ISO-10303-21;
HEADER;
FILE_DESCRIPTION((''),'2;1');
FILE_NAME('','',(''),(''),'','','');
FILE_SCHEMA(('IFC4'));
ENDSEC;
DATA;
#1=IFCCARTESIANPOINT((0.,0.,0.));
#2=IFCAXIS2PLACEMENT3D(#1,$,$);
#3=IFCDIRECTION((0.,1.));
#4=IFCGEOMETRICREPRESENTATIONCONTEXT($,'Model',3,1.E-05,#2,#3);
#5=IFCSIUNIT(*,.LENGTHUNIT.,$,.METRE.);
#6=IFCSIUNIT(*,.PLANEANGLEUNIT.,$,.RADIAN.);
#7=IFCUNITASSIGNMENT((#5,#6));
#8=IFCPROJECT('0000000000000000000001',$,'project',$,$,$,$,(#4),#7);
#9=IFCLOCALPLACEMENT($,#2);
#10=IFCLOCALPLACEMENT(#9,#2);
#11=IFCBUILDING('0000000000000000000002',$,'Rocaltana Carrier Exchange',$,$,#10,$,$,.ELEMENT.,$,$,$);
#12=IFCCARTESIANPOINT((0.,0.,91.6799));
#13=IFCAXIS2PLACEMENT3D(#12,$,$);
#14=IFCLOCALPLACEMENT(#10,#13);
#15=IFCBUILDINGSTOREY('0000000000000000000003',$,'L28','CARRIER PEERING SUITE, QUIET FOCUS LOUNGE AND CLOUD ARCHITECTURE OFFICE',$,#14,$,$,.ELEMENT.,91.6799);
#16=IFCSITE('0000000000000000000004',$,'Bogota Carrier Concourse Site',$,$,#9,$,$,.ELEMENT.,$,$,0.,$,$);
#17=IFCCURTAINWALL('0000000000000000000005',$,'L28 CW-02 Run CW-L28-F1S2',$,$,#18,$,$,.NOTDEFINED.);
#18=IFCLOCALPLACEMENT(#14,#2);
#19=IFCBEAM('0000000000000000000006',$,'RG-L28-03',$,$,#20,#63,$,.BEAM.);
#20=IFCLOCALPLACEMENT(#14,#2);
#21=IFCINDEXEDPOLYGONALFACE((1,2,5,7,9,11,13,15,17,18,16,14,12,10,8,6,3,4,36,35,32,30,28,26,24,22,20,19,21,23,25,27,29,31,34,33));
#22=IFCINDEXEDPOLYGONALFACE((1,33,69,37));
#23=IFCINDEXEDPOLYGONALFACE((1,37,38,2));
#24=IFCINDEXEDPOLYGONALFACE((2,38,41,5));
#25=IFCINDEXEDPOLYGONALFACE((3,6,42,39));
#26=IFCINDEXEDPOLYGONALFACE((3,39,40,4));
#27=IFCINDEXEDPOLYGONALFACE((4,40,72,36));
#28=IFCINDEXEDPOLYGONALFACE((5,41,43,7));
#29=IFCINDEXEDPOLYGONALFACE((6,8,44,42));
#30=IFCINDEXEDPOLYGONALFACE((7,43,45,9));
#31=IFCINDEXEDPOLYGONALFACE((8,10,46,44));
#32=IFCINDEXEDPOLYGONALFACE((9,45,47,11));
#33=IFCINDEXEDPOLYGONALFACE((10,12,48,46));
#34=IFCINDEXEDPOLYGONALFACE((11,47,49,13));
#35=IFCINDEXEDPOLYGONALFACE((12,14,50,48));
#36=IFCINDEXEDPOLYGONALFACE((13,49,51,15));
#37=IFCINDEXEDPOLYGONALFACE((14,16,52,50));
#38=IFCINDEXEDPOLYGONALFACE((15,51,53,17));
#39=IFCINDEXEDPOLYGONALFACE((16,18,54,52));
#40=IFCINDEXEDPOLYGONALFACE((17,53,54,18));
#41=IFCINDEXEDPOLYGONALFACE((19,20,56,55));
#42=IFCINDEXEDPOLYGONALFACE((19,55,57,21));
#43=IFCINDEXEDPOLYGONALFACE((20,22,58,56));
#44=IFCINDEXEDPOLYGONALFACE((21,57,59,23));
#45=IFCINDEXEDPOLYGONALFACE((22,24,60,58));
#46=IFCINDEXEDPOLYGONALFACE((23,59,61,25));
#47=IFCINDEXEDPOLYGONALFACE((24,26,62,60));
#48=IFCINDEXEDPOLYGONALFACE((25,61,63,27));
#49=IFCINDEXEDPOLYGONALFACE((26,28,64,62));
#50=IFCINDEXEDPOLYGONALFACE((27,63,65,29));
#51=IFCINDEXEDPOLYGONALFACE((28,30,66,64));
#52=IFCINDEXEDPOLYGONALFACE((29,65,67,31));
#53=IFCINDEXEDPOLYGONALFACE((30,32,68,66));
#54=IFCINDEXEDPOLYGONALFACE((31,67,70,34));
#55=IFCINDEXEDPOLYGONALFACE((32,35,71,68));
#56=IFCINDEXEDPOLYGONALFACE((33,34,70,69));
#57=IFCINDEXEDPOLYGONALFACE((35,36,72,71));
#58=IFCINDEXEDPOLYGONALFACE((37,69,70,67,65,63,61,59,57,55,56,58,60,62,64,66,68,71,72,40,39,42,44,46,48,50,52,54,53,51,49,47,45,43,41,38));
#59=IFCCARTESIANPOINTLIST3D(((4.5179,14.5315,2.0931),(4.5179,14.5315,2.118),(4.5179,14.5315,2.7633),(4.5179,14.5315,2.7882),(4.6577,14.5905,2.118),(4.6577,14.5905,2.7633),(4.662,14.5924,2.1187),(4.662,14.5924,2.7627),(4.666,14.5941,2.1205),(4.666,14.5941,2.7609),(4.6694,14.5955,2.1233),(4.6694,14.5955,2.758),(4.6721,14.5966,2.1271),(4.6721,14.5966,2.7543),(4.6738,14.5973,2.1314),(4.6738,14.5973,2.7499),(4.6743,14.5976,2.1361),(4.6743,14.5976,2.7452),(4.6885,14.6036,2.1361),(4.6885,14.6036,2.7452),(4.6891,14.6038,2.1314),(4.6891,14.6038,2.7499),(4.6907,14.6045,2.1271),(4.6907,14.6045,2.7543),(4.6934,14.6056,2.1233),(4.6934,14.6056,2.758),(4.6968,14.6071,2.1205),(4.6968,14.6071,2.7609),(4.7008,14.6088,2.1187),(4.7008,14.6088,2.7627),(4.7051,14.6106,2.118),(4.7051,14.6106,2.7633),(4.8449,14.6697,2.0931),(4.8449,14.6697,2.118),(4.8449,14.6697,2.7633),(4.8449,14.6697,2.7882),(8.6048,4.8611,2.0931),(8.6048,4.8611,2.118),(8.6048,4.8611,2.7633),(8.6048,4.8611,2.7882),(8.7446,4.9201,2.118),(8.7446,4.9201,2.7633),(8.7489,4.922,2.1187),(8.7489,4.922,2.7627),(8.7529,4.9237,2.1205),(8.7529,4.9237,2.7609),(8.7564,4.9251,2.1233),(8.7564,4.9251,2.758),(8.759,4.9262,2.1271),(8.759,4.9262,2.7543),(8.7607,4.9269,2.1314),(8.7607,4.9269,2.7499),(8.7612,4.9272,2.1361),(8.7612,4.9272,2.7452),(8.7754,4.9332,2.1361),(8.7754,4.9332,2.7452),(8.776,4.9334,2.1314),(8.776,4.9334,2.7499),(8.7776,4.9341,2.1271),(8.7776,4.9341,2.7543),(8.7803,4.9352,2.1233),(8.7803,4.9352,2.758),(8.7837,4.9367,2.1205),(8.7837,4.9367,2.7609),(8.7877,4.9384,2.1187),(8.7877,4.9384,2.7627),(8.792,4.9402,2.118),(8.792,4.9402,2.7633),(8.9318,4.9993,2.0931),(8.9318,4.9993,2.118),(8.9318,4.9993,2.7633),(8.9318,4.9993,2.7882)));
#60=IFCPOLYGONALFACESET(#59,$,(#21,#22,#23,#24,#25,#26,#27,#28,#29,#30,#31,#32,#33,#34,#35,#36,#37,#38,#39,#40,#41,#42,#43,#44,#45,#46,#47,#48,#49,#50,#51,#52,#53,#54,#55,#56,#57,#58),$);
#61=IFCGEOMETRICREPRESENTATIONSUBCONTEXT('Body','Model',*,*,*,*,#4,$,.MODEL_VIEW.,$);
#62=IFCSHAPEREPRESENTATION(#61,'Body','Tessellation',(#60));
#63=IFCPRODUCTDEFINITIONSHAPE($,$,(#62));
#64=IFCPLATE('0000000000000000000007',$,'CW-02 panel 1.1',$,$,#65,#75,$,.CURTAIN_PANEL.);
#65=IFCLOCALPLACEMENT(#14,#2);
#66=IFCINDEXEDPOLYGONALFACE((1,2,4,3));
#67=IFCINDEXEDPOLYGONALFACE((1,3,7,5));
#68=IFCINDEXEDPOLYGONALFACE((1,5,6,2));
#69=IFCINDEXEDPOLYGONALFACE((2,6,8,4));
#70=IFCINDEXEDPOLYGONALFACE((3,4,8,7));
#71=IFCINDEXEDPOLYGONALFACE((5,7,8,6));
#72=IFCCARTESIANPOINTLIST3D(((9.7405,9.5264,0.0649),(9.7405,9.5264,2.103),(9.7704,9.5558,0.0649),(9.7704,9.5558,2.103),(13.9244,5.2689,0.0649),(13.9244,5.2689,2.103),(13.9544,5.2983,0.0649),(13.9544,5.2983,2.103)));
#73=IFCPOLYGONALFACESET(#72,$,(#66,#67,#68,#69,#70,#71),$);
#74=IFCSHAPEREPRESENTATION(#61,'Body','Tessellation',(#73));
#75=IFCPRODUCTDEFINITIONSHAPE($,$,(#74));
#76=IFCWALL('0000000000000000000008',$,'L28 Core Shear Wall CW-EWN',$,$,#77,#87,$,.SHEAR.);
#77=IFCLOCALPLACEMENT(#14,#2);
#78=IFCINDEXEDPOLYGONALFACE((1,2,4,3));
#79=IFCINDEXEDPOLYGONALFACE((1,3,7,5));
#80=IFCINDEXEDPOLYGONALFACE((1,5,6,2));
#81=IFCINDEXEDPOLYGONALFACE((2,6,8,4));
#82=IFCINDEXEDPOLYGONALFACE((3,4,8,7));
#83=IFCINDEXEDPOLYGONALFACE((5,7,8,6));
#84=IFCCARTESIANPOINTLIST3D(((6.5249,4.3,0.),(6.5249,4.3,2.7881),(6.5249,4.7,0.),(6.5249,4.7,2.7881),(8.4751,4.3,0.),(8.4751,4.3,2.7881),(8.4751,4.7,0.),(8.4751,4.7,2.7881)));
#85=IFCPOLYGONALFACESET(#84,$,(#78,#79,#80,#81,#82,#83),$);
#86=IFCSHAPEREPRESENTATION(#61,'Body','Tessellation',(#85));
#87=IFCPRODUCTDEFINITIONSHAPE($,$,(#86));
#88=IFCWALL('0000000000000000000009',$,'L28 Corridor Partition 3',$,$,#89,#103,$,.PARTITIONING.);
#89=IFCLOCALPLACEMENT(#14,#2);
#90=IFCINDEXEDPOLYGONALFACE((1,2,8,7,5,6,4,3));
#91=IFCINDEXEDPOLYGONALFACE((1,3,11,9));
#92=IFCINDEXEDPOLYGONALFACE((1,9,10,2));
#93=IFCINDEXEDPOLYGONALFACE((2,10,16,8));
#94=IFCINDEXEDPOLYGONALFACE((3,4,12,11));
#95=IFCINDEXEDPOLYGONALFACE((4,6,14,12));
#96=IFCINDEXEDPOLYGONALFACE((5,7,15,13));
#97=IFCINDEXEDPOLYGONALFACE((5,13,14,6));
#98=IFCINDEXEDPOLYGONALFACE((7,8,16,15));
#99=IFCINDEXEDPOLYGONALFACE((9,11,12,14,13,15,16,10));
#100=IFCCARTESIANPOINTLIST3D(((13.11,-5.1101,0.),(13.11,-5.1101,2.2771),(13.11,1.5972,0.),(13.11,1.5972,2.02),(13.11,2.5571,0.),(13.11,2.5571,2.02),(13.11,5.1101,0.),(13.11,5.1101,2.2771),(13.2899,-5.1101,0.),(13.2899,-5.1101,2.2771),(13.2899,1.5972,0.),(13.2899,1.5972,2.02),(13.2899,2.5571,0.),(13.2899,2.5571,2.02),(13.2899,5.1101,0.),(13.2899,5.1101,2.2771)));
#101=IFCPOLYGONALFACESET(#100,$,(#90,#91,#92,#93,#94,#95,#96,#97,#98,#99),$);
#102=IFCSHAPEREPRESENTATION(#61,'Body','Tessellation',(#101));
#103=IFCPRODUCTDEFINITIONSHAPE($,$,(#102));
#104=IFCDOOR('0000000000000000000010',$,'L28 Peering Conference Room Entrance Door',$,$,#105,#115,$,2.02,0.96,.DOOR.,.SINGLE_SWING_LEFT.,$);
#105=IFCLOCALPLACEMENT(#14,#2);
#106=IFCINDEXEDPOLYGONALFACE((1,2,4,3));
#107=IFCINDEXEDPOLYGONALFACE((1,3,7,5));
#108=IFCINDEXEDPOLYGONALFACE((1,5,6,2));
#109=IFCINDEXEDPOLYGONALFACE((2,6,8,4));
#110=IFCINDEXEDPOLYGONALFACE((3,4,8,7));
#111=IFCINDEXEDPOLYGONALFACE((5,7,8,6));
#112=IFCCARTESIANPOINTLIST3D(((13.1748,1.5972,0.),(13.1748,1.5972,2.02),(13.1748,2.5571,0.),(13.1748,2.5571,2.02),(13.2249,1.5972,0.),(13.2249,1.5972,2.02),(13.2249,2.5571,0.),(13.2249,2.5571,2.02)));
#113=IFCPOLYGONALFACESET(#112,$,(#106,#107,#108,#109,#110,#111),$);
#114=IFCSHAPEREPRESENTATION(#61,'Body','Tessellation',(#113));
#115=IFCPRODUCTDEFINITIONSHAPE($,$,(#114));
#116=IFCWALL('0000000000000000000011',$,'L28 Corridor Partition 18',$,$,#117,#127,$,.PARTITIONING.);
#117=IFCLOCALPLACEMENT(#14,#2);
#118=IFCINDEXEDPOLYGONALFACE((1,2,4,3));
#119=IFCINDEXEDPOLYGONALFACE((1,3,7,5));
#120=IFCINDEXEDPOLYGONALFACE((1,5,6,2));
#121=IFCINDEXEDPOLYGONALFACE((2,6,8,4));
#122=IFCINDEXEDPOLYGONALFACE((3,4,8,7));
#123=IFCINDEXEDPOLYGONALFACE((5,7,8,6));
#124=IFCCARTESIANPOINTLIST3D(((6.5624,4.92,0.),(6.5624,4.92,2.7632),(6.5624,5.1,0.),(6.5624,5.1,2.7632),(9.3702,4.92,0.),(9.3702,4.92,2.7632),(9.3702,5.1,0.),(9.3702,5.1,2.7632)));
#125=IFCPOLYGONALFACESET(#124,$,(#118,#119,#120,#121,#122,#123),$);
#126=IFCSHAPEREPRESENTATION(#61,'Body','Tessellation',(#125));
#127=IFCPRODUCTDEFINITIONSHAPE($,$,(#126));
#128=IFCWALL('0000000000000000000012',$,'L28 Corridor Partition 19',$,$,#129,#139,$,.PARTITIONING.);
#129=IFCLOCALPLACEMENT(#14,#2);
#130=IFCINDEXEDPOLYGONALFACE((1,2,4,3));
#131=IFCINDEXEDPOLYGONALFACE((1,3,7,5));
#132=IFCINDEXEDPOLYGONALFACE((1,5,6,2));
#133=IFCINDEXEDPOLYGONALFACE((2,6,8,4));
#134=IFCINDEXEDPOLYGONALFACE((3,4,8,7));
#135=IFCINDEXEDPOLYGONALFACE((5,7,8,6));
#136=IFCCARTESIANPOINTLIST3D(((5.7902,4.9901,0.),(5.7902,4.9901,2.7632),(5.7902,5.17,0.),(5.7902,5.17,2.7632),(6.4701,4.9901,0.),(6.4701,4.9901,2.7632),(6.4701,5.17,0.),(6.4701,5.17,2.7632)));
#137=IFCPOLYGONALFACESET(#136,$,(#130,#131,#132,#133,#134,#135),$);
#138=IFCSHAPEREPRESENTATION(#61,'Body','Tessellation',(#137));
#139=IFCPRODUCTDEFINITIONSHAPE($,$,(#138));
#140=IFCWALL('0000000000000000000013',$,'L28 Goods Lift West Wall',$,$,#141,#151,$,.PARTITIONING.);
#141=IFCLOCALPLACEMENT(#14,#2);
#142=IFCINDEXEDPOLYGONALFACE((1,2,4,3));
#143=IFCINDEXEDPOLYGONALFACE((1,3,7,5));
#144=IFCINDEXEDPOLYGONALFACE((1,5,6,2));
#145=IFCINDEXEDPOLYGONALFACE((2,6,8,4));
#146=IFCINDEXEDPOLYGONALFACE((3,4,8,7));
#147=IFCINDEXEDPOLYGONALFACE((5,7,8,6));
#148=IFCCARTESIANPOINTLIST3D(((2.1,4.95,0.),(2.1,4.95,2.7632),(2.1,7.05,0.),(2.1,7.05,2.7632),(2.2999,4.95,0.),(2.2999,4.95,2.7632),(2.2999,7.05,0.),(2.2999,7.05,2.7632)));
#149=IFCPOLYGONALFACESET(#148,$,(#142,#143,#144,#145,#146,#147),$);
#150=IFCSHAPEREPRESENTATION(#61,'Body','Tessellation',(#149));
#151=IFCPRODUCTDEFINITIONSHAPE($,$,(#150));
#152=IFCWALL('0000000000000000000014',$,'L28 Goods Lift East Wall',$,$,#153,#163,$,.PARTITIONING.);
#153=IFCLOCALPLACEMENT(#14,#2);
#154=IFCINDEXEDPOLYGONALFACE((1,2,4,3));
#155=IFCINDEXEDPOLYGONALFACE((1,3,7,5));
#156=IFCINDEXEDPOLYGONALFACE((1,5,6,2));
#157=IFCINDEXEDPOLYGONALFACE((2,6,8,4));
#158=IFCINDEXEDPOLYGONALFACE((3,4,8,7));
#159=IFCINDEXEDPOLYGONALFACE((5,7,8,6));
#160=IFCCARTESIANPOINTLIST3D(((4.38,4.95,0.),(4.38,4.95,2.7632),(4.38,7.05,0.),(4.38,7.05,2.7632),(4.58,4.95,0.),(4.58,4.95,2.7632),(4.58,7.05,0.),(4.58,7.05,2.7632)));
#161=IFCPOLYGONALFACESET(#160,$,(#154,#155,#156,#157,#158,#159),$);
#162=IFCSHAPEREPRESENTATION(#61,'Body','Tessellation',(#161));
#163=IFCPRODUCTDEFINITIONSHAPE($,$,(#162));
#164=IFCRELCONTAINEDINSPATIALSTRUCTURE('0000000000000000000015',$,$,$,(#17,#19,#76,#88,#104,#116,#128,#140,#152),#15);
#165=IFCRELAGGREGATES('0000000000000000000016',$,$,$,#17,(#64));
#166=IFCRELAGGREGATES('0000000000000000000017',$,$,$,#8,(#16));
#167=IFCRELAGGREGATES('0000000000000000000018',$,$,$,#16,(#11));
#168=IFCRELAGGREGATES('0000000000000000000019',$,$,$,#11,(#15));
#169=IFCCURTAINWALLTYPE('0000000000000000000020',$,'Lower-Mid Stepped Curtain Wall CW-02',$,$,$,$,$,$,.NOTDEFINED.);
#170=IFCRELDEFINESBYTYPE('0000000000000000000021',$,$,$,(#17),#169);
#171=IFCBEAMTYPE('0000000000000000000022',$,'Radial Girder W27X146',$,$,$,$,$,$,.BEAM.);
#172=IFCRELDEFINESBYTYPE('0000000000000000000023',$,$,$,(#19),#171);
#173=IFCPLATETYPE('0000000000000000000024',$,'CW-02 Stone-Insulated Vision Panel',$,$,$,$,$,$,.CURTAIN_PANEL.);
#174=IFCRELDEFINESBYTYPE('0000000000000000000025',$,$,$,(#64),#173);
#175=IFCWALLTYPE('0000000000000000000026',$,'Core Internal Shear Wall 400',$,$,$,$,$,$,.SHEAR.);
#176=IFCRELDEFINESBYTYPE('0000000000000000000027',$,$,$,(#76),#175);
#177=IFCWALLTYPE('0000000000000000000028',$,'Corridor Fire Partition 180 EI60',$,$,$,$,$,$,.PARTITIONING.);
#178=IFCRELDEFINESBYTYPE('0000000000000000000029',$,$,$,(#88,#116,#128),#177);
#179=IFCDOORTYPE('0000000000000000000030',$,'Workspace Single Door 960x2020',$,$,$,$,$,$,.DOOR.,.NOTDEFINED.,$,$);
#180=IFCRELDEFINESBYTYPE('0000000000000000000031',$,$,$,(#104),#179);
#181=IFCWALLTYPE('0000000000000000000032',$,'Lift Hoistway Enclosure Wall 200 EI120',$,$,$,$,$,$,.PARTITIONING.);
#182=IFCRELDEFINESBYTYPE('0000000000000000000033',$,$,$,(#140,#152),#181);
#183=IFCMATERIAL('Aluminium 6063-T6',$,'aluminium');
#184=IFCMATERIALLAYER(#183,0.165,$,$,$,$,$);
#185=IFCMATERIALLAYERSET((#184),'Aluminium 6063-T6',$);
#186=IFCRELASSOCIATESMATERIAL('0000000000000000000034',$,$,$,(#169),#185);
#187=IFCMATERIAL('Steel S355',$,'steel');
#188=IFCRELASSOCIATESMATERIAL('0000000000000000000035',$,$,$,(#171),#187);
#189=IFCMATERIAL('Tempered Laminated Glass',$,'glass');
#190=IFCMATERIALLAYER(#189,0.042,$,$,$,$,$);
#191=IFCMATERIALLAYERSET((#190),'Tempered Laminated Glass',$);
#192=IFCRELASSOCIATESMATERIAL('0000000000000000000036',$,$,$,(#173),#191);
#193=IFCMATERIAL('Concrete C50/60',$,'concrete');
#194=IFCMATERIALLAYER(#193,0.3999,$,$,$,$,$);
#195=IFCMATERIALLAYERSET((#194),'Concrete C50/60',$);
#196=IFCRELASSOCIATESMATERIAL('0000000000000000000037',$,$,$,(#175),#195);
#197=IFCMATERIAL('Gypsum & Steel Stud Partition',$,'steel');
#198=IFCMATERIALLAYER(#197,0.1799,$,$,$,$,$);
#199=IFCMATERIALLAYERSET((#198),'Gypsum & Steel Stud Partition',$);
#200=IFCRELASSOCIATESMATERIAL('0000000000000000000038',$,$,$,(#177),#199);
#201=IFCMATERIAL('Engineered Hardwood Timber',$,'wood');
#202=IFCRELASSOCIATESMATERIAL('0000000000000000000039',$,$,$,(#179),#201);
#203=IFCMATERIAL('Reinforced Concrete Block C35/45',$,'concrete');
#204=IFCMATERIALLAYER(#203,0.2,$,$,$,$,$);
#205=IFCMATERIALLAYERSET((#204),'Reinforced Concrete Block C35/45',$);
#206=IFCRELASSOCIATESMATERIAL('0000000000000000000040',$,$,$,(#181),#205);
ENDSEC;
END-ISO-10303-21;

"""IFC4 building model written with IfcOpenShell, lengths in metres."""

from ifc_helpers import new_model, si_unit, direction, frame, frame_2d, origin, origin_2d, place, context, subcontext, project, spatial, rectangle, i_section, extrude, material, layer, layer_set, material_profile, profile_set, type_object, element, fill, aggregate, save


model = new_model("IFC4")

# Units and contexts
model_context = context("Model", 3, precision=1e-05, world=origin(), true_north=direction((0.0, 1.0)))
body_context = subcontext(model_context, "Body", "Model", "MODEL_VIEW")
ifc_project = project(units=[si_unit("LENGTHUNIT", "METRE"), si_unit("PLANEANGLEUNIT", "RADIAN")], contexts=[model_context])

# Site, building, storey
site_placement = place(None, origin())
site = spatial("IfcSite", under=ifc_project, at=site_placement, Name="Bogota Carrier Concourse Site", CompositionType="ELEMENT", RefElevation=0.0)
building_placement = place(site_placement, origin())
building = spatial("IfcBuilding", under=site, at=building_placement, Name="Rocaltana Carrier Exchange", CompositionType="ELEMENT")
storey_placement = place(building_placement, frame((0.0, 0.0, 91.6799)))
storey = spatial("IfcBuildingStorey", under=building, at=storey_placement, Name="L28", Description="CARRIER PEERING SUITE, QUIET FOCUS LOUNGE AND CLOUD ARCHITECTURE OFFICE", CompositionType="ELEMENT", Elevation=91.6799)

# Curtain wall
ifc_material_1 = material(Name="Aluminium 6063-T6", Category="aluminium")
ifc_layer_1 = layer(ifc_material_1, 0.165)
ifc_layer_set_1 = layer_set([ifc_layer_1], Name="Aluminium 6063-T6")
curtain_wall_type = type_object("IfcCurtainWallType", Name="Lower-Mid Stepped Curtain Wall CW-02", PredefinedType="NOTDEFINED", material=ifc_layer_set_1)
curtain_wall_placement = place(storey_placement, origin())
curtain_wall = element("IfcCurtainWall", 1, at=curtain_wall_placement, inside=storey, type_object=curtain_wall_type, Name="L28 CW-02 Run CW-L28-F1S2", PredefinedType="NOTDEFINED")

# Beam
ifc_material_2 = material(Name="Steel S355", Category="steel")
ifc_material_profile_1 = material_profile(ifc_material_2, i_section(OverallWidth=0.355, OverallDepth=0.6951, WebThickness=0.0154, FlangeThickness=0.0249, FilletRadius=0.0181, at=origin_2d()), Name="W27X146")
ifc_profile_set_1 = profile_set([ifc_material_profile_1], Name="Steel S355")
beam_type_1 = type_object("IfcBeamType", Name="Radial Girder W27X146", PredefinedType="BEAM", material=ifc_profile_set_1)
beam_1_placement = place(storey_placement, frame((8.7683, 4.9302, 2.4407), z_axis=(-0.389283, 0.921118, 0.0), x_axis=(-0.921118, -0.389283, 0.0)))
element("IfcBeam", 2, at=beam_1_placement, inside=storey, type_object=beam_type_1, Name="RG-L28-03", PredefinedType="BEAM", context=body_context, shape_type="SweptSolid", body=[
    extrude(i_section(OverallWidth=0.355, OverallDepth=0.6951, WebThickness=0.0154, FlangeThickness=0.0249, FilletRadius=0.0181, at=origin_2d()), origin(), (0.0, 0.0, 1.0), 10.4985),
])

# Plate
ifc_material_3 = material(Name="Tempered Laminated Glass", Category="glass")
ifc_layer_2 = layer(ifc_material_3, 0.042)
ifc_layer_set_2 = layer_set([ifc_layer_2], Name="Tempered Laminated Glass")
plate_type = type_object("IfcPlateType", Name="CW-02 Stone-Insulated Vision Panel", PredefinedType="CURTAIN_PANEL", material=ifc_layer_set_2)
plate_placement = place(storey_placement, frame((11.8474, 7.4124, 0.0649), z_axis=(0.0, 0.0, 1.0), x_axis=(-0.700915, 0.713245, 0.0)))
plate = element("IfcPlate", 3, at=plate_placement, type_object=plate_type, Name="CW-02 panel 1.1", PredefinedType="CURTAIN_PANEL", context=body_context, shape_type="SweptSolid", body=[
    extrude(rectangle(XDim=5.9692, YDim=0.042, at=origin_2d()), origin(), (0.0, 0.0, 1.0), 2.0381),
])
aggregate(curtain_wall, [plate])

# Wall
ifc_material_4 = material(Name="Concrete C50/60", Category="concrete")
ifc_layer_3 = layer(ifc_material_4, 0.3999)
ifc_layer_set_3 = layer_set([ifc_layer_3], Name="Concrete C50/60")
wall_type_1 = type_object("IfcWallType", Name="Core Internal Shear Wall 400", PredefinedType="SHEAR", material=ifc_layer_set_3)
wall_1_placement = place(storey_placement, frame((6.5249, 4.5, 0.0), z_axis=(0.0, 0.0, 1.0), x_axis=(1.0, 0.0, 0.0)))
element("IfcWall", 4, at=wall_1_placement, inside=storey, type_object=wall_type_1, Name="L28 Core Shear Wall CW-EWN", PredefinedType="SHEAR", context=body_context, shape_type="SweptSolid", body=[
    extrude(rectangle(XDim=1.9502, YDim=0.3999, at=frame_2d((0.9751, 0.0))), origin(), (0.0, 0.0, 1.0), 2.7881),
])

# Wall, opening, door
ifc_material_5 = material(Name="Gypsum & Steel Stud Partition", Category="steel")
ifc_layer_4 = layer(ifc_material_5, 0.1799)
ifc_layer_set_4 = layer_set([ifc_layer_4], Name="Gypsum & Steel Stud Partition")
wall_type_2 = type_object("IfcWallType", Name="Corridor Fire Partition 180 EI60", PredefinedType="PARTITIONING", material=ifc_layer_set_4)
wall_2_placement = place(storey_placement, frame((13.2, 5.1101, 0.0), z_axis=(0.0, 0.0, 1.0), x_axis=(0.0, -1.0, 0.0)))
wall_2 = element("IfcWall", 5, at=wall_2_placement, inside=storey, type_object=wall_type_2, Name="L28 Corridor Partition 3", PredefinedType="PARTITIONING", context=body_context, shape_type="SweptSolid", body=[
    extrude(rectangle(XDim=10.2202, YDim=0.1799, at=frame_2d((5.1101, 0.0))), origin(), (0.0, 0.0, 1.0), 2.2771),
])
opening_1_placement = place(wall_2_placement, frame((2.553, 0.0, 0.0)))
opening_1 = element("IfcOpeningElement", 6, at=opening_1_placement, cuts=wall_2, PredefinedType="OPENING", context=body_context, shape_type="SweptSolid", body=[
    extrude(rectangle(XDim=0.96, YDim=2.02, at=frame_2d((0.48, 1.01))), frame((0.0, 0.0999, 0.0), z_axis=(0.0, -1.0, 0.0), x_axis=(1.0, 0.0, 0.0)), (0.0, 0.0, 1.0), 0.2),
])
ifc_material_6 = material(Name="Engineered Hardwood Timber", Category="wood")
door_type_1 = type_object("IfcDoorType", Name="Workspace Single Door 960x2020", OperationType="NOTDEFINED", PredefinedType="DOOR", material=ifc_material_6)
door_1_placement = place(opening_1_placement, origin())
door_1 = element("IfcDoor", 7, at=door_1_placement, inside=storey, type_object=door_type_1, Name="L28 Peering Conference Room Entrance Door", OperationType="SINGLE_SWING_LEFT", OverallHeight=2.02, OverallWidth=0.96, PredefinedType="DOOR", context=body_context, shape_type="SweptSolid", body=[
    extrude(rectangle(XDim=0.96, YDim=2.02, at=frame_2d((0.48, 1.01))), frame((0.0, 0.0249, 0.0), z_axis=(0.0, -1.0, 0.0), x_axis=(1.0, 0.0, 0.0)), (0.0, 0.0, 1.0), 0.05),
])
fill(opening_1, door_1)

# Walls
wall_3_placement = place(storey_placement, frame((9.3701, 5.01, 0.0), z_axis=(0.0, 0.0, 1.0), x_axis=(-1.0, 0.0, 0.0)))
element("IfcWall", 8, at=wall_3_placement, inside=storey, type_object=wall_type_2, Name="L28 Corridor Partition 18", PredefinedType="PARTITIONING", context=body_context, shape_type="SweptSolid", body=[
    extrude(rectangle(XDim=2.8079, YDim=0.1799, at=frame_2d((1.4038, 0.0))), origin(), (0.0, 0.0, 1.0), 2.7632),
])
wall_4_placement = place(storey_placement, frame((6.47, 5.0801, 0.0), z_axis=(0.0, 0.0, 1.0), x_axis=(-1.0, 0.0, 0.0)))
element("IfcWall", 9, at=wall_4_placement, inside=storey, type_object=wall_type_2, Name="L28 Corridor Partition 19", PredefinedType="PARTITIONING", context=body_context, shape_type="SweptSolid", body=[
    extrude(rectangle(XDim=0.6799, YDim=0.1799, at=frame_2d((0.3398, 0.0))), origin(), (0.0, 0.0, 1.0), 2.7632),
])
ifc_material_7 = material(Name="Reinforced Concrete Block C35/45", Category="concrete")
ifc_layer_5 = layer(ifc_material_7, 0.2)
ifc_layer_set_5 = layer_set([ifc_layer_5], Name="Reinforced Concrete Block C35/45")
wall_type_3 = type_object("IfcWallType", Name="Lift Hoistway Enclosure Wall 200 EI120", PredefinedType="PARTITIONING", material=ifc_layer_set_5)
for number, where, z_axis, x_axis, name in (
    (10, (2.2, 4.95, 0.0), (0.0, 0.0, 1.0), (0.0, 1.0, 0.0), "L28 Goods Lift West Wall"),
    (11, (4.48, 4.95, 0.0), (0.0, 0.0, 1.0), (0.0, 1.0, 0.0), "L28 Goods Lift East Wall"),
):
    element("IfcWall", number, at=place(storey_placement, frame(where, z_axis=z_axis, x_axis=x_axis)), inside=storey, type_object=wall_type_3, Name=name, PredefinedType="PARTITIONING", context=body_context, shape_type="SweptSolid", body=[
        extrude(rectangle(XDim=2.1001, YDim=0.2, at=frame_2d((1.05, 0.0))), origin(), (0.0, 0.0, 1.0), 2.7632),
    ])

save(model, "model.ifc")
